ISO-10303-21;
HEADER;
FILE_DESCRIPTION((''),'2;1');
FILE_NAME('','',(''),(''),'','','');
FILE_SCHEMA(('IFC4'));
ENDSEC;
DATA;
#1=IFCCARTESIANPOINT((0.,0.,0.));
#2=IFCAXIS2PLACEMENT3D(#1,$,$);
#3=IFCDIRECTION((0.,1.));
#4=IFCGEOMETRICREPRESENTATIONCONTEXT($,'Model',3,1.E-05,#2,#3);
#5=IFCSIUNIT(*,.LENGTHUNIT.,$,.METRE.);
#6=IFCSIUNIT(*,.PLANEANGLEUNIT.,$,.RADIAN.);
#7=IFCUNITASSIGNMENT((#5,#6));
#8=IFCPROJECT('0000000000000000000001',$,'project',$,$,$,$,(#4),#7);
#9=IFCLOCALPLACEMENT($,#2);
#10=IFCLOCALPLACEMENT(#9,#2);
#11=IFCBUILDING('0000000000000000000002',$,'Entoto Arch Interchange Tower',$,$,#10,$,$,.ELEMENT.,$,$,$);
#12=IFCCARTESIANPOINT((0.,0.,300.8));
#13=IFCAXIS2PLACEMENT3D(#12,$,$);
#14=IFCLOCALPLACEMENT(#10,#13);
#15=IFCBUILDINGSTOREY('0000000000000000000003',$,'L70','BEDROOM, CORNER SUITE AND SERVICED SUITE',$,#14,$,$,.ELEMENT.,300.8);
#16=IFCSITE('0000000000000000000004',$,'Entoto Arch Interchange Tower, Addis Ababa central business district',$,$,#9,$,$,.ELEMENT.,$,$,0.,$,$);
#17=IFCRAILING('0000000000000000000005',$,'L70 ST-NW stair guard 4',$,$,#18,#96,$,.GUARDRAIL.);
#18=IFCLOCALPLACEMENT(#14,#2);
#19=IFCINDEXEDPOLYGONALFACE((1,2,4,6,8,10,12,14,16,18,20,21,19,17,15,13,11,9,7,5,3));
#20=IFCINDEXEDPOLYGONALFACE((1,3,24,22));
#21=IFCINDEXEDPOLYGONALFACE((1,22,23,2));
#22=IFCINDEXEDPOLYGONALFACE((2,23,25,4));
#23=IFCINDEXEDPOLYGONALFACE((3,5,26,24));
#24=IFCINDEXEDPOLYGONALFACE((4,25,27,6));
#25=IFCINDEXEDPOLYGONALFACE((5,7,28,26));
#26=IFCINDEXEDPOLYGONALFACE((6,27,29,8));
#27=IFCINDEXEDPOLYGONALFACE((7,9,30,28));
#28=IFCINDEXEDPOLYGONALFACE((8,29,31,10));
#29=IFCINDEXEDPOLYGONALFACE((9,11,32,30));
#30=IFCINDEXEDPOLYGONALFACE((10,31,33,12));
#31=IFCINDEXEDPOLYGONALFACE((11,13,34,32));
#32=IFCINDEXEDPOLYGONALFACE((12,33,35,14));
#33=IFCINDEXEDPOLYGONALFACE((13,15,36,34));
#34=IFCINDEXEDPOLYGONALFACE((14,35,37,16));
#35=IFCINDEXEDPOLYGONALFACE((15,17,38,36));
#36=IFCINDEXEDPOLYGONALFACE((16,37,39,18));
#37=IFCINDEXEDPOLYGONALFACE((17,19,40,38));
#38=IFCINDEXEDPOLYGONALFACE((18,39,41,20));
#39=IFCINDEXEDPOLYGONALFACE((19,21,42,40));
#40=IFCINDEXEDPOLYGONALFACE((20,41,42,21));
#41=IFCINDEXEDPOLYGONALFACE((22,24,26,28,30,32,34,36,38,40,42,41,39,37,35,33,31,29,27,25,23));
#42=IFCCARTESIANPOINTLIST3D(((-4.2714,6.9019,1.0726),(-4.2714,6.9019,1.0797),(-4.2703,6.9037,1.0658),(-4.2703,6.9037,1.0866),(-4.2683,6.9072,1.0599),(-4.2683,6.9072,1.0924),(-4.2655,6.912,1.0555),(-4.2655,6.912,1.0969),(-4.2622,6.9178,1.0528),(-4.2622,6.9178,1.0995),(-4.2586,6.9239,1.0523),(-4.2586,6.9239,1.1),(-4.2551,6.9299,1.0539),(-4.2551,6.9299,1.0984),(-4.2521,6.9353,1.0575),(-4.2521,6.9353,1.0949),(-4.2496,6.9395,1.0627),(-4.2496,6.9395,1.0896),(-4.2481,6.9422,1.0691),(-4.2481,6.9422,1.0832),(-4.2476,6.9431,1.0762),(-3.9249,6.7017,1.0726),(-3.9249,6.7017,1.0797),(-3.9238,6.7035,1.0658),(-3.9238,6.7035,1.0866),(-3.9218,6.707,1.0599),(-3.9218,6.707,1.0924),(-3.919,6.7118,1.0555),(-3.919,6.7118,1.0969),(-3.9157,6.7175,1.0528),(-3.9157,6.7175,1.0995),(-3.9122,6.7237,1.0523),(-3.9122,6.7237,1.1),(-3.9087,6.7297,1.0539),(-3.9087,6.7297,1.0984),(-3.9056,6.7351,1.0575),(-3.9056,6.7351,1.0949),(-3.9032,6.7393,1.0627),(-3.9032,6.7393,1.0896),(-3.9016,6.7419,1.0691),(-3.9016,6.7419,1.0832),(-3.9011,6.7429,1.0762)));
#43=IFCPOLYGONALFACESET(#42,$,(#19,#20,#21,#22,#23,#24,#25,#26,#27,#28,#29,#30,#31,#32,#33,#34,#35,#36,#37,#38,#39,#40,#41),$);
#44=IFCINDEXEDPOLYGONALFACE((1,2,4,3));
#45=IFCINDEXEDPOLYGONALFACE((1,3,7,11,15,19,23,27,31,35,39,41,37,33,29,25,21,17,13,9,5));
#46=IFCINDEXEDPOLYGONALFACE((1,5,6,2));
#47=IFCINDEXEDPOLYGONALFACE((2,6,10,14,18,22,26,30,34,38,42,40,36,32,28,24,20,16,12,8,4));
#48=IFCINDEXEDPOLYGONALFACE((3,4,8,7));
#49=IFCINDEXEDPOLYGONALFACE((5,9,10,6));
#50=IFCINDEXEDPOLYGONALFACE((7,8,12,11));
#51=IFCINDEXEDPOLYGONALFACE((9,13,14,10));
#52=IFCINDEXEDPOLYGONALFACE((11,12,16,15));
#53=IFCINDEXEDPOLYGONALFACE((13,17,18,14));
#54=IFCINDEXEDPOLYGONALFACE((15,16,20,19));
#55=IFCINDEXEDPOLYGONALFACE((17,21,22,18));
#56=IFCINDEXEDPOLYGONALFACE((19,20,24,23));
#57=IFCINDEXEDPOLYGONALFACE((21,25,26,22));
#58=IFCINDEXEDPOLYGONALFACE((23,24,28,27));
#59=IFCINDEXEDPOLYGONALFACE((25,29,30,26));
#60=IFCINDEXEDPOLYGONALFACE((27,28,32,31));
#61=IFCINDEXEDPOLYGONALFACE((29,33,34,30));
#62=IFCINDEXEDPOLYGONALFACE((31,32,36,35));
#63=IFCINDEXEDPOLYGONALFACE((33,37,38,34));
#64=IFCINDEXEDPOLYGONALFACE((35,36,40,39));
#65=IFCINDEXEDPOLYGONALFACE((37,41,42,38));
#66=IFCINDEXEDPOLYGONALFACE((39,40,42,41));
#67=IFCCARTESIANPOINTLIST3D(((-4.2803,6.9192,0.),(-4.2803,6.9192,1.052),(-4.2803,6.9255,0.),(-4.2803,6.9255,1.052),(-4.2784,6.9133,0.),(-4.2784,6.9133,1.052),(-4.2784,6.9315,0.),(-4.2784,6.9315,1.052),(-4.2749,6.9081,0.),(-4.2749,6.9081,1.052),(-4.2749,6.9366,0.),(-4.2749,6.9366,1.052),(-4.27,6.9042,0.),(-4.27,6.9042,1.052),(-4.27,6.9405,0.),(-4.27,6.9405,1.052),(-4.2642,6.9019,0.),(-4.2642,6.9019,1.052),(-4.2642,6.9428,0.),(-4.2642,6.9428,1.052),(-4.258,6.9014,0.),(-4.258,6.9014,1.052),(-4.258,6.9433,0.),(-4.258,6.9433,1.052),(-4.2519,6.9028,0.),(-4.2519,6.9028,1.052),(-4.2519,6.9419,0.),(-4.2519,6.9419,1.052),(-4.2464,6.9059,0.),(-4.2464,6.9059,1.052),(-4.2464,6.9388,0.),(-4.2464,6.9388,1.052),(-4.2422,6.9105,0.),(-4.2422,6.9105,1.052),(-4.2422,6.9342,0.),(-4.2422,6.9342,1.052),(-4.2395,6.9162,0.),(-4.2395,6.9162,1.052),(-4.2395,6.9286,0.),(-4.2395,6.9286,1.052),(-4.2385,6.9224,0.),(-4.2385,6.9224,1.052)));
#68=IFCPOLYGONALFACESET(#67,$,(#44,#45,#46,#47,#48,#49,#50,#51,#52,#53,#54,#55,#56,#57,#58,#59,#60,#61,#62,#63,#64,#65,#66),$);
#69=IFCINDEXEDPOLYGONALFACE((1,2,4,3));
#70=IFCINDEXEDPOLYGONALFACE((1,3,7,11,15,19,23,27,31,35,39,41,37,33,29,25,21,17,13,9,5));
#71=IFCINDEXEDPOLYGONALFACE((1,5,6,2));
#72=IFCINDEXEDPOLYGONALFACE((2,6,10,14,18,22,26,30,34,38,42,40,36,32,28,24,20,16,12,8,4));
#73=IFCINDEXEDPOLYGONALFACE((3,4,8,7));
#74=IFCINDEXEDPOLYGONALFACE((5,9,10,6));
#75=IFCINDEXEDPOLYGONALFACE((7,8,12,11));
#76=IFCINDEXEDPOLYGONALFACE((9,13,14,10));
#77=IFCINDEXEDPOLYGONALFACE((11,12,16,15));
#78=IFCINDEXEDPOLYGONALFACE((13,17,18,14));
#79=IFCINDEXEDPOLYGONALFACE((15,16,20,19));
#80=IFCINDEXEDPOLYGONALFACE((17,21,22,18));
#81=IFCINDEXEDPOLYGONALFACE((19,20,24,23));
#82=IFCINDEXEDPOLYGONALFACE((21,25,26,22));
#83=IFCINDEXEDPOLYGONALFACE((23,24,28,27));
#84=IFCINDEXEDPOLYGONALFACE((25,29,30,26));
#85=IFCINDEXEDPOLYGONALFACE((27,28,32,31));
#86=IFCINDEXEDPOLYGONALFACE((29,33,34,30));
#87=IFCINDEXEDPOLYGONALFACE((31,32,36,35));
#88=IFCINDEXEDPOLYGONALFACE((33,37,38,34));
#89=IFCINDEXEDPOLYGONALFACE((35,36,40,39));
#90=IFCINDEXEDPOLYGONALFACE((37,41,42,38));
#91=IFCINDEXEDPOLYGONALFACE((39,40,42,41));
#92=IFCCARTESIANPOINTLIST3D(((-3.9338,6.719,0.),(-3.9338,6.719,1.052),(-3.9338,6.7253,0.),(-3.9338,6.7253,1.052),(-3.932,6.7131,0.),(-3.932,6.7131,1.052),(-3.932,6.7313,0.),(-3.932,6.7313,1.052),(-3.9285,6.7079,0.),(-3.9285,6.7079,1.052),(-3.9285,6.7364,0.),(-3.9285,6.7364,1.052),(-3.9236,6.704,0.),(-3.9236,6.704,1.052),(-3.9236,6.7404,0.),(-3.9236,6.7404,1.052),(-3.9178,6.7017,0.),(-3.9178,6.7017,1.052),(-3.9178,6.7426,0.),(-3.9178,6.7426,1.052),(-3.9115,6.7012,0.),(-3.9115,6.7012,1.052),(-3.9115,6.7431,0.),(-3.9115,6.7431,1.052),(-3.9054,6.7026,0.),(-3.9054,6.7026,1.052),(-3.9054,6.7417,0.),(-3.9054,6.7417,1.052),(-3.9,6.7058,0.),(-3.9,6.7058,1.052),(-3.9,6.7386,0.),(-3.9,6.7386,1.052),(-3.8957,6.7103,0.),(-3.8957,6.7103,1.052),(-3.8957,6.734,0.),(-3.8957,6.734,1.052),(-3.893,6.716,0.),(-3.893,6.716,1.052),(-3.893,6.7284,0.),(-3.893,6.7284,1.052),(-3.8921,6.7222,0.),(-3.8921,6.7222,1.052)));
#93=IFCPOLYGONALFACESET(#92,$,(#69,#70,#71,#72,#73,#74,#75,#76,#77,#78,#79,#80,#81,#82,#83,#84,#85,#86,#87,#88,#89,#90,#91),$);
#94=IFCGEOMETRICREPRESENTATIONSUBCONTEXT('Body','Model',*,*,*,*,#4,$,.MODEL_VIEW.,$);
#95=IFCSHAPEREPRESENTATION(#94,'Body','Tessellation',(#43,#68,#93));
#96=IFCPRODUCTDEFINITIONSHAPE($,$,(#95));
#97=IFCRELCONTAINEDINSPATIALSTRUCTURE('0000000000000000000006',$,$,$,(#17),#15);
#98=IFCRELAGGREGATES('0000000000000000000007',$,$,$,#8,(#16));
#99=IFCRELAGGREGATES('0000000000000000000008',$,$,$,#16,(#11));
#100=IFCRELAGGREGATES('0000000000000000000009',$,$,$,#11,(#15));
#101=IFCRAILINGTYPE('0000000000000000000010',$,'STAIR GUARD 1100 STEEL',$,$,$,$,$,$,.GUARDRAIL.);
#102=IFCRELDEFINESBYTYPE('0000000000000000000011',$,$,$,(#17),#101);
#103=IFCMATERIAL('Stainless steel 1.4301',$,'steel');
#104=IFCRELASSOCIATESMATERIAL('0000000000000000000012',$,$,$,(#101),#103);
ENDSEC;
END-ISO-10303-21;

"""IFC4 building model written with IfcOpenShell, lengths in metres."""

from ifc_helpers import new_model, si_unit, direction, frame, origin, origin_2d, place, context, subcontext, project, spatial, circle, extrude, material, type_object, element, save


model = new_model("IFC4")

# Units and contexts
model_context = context("Model", 3, precision=1e-05, world=origin(), true_north=direction((0.0, 1.0)))
body_context = subcontext(model_context, "Body", "Model", "MODEL_VIEW")
ifc_project = project(units=[si_unit("LENGTHUNIT", "METRE"), si_unit("PLANEANGLEUNIT", "RADIAN")], contexts=[model_context])

# Site, building, storey
site_placement = place(None, origin())
site = spatial("IfcSite", under=ifc_project, at=site_placement, Name="Entoto Arch Interchange Tower, Addis Ababa central business district", CompositionType="ELEMENT", RefElevation=0.0)
building_placement = place(site_placement, origin())
building = spatial("IfcBuilding", under=site, at=building_placement, Name="Entoto Arch Interchange Tower", CompositionType="ELEMENT")
storey_placement = place(building_placement, frame((0.0, 0.0, 300.8)))
storey = spatial("IfcBuildingStorey", under=building, at=storey_placement, Name="L70", Description="BEDROOM, CORNER SUITE AND SERVICED SUITE", CompositionType="ELEMENT", Elevation=300.8)

# Railing
ifc_material_1 = material(Name="Stainless steel 1.4301", Category="steel")
railing_type_1 = type_object("IfcRailingType", Name="STAIR GUARD 1100 STEEL", PredefinedType="GUARDRAIL", material=ifc_material_1)
railing_1_placement = place(storey_placement, frame((-4.2595, 6.9224, 0.0)))
element("IfcRailing", 1, at=railing_1_placement, inside=storey, type_object=railing_type_1, Name="L70 ST-NW stair guard 4", PredefinedType="GUARDRAIL", context=body_context, shape_type="SweptSolid", body=[
    extrude(circle(Radius=0.0239, at=origin_2d()), frame((0.0, 0.0, 1.0762), z_axis=(0.86583, -0.500339, 0.0), x_axis=(0.500339, 0.86583, 0.0)), (0.0, 0.0, 1.0), 0.4001),
    extrude(circle(Radius=0.021, at=origin_2d()), origin(), (0.0, 0.0, 1.0), 1.052),
    extrude(circle(Radius=0.021, at=origin_2d()), frame((0.3464, -0.2002, 0.0)), (0.0, 0.0, 1.0), 1.052),
])

save(model, "model.ifc")
